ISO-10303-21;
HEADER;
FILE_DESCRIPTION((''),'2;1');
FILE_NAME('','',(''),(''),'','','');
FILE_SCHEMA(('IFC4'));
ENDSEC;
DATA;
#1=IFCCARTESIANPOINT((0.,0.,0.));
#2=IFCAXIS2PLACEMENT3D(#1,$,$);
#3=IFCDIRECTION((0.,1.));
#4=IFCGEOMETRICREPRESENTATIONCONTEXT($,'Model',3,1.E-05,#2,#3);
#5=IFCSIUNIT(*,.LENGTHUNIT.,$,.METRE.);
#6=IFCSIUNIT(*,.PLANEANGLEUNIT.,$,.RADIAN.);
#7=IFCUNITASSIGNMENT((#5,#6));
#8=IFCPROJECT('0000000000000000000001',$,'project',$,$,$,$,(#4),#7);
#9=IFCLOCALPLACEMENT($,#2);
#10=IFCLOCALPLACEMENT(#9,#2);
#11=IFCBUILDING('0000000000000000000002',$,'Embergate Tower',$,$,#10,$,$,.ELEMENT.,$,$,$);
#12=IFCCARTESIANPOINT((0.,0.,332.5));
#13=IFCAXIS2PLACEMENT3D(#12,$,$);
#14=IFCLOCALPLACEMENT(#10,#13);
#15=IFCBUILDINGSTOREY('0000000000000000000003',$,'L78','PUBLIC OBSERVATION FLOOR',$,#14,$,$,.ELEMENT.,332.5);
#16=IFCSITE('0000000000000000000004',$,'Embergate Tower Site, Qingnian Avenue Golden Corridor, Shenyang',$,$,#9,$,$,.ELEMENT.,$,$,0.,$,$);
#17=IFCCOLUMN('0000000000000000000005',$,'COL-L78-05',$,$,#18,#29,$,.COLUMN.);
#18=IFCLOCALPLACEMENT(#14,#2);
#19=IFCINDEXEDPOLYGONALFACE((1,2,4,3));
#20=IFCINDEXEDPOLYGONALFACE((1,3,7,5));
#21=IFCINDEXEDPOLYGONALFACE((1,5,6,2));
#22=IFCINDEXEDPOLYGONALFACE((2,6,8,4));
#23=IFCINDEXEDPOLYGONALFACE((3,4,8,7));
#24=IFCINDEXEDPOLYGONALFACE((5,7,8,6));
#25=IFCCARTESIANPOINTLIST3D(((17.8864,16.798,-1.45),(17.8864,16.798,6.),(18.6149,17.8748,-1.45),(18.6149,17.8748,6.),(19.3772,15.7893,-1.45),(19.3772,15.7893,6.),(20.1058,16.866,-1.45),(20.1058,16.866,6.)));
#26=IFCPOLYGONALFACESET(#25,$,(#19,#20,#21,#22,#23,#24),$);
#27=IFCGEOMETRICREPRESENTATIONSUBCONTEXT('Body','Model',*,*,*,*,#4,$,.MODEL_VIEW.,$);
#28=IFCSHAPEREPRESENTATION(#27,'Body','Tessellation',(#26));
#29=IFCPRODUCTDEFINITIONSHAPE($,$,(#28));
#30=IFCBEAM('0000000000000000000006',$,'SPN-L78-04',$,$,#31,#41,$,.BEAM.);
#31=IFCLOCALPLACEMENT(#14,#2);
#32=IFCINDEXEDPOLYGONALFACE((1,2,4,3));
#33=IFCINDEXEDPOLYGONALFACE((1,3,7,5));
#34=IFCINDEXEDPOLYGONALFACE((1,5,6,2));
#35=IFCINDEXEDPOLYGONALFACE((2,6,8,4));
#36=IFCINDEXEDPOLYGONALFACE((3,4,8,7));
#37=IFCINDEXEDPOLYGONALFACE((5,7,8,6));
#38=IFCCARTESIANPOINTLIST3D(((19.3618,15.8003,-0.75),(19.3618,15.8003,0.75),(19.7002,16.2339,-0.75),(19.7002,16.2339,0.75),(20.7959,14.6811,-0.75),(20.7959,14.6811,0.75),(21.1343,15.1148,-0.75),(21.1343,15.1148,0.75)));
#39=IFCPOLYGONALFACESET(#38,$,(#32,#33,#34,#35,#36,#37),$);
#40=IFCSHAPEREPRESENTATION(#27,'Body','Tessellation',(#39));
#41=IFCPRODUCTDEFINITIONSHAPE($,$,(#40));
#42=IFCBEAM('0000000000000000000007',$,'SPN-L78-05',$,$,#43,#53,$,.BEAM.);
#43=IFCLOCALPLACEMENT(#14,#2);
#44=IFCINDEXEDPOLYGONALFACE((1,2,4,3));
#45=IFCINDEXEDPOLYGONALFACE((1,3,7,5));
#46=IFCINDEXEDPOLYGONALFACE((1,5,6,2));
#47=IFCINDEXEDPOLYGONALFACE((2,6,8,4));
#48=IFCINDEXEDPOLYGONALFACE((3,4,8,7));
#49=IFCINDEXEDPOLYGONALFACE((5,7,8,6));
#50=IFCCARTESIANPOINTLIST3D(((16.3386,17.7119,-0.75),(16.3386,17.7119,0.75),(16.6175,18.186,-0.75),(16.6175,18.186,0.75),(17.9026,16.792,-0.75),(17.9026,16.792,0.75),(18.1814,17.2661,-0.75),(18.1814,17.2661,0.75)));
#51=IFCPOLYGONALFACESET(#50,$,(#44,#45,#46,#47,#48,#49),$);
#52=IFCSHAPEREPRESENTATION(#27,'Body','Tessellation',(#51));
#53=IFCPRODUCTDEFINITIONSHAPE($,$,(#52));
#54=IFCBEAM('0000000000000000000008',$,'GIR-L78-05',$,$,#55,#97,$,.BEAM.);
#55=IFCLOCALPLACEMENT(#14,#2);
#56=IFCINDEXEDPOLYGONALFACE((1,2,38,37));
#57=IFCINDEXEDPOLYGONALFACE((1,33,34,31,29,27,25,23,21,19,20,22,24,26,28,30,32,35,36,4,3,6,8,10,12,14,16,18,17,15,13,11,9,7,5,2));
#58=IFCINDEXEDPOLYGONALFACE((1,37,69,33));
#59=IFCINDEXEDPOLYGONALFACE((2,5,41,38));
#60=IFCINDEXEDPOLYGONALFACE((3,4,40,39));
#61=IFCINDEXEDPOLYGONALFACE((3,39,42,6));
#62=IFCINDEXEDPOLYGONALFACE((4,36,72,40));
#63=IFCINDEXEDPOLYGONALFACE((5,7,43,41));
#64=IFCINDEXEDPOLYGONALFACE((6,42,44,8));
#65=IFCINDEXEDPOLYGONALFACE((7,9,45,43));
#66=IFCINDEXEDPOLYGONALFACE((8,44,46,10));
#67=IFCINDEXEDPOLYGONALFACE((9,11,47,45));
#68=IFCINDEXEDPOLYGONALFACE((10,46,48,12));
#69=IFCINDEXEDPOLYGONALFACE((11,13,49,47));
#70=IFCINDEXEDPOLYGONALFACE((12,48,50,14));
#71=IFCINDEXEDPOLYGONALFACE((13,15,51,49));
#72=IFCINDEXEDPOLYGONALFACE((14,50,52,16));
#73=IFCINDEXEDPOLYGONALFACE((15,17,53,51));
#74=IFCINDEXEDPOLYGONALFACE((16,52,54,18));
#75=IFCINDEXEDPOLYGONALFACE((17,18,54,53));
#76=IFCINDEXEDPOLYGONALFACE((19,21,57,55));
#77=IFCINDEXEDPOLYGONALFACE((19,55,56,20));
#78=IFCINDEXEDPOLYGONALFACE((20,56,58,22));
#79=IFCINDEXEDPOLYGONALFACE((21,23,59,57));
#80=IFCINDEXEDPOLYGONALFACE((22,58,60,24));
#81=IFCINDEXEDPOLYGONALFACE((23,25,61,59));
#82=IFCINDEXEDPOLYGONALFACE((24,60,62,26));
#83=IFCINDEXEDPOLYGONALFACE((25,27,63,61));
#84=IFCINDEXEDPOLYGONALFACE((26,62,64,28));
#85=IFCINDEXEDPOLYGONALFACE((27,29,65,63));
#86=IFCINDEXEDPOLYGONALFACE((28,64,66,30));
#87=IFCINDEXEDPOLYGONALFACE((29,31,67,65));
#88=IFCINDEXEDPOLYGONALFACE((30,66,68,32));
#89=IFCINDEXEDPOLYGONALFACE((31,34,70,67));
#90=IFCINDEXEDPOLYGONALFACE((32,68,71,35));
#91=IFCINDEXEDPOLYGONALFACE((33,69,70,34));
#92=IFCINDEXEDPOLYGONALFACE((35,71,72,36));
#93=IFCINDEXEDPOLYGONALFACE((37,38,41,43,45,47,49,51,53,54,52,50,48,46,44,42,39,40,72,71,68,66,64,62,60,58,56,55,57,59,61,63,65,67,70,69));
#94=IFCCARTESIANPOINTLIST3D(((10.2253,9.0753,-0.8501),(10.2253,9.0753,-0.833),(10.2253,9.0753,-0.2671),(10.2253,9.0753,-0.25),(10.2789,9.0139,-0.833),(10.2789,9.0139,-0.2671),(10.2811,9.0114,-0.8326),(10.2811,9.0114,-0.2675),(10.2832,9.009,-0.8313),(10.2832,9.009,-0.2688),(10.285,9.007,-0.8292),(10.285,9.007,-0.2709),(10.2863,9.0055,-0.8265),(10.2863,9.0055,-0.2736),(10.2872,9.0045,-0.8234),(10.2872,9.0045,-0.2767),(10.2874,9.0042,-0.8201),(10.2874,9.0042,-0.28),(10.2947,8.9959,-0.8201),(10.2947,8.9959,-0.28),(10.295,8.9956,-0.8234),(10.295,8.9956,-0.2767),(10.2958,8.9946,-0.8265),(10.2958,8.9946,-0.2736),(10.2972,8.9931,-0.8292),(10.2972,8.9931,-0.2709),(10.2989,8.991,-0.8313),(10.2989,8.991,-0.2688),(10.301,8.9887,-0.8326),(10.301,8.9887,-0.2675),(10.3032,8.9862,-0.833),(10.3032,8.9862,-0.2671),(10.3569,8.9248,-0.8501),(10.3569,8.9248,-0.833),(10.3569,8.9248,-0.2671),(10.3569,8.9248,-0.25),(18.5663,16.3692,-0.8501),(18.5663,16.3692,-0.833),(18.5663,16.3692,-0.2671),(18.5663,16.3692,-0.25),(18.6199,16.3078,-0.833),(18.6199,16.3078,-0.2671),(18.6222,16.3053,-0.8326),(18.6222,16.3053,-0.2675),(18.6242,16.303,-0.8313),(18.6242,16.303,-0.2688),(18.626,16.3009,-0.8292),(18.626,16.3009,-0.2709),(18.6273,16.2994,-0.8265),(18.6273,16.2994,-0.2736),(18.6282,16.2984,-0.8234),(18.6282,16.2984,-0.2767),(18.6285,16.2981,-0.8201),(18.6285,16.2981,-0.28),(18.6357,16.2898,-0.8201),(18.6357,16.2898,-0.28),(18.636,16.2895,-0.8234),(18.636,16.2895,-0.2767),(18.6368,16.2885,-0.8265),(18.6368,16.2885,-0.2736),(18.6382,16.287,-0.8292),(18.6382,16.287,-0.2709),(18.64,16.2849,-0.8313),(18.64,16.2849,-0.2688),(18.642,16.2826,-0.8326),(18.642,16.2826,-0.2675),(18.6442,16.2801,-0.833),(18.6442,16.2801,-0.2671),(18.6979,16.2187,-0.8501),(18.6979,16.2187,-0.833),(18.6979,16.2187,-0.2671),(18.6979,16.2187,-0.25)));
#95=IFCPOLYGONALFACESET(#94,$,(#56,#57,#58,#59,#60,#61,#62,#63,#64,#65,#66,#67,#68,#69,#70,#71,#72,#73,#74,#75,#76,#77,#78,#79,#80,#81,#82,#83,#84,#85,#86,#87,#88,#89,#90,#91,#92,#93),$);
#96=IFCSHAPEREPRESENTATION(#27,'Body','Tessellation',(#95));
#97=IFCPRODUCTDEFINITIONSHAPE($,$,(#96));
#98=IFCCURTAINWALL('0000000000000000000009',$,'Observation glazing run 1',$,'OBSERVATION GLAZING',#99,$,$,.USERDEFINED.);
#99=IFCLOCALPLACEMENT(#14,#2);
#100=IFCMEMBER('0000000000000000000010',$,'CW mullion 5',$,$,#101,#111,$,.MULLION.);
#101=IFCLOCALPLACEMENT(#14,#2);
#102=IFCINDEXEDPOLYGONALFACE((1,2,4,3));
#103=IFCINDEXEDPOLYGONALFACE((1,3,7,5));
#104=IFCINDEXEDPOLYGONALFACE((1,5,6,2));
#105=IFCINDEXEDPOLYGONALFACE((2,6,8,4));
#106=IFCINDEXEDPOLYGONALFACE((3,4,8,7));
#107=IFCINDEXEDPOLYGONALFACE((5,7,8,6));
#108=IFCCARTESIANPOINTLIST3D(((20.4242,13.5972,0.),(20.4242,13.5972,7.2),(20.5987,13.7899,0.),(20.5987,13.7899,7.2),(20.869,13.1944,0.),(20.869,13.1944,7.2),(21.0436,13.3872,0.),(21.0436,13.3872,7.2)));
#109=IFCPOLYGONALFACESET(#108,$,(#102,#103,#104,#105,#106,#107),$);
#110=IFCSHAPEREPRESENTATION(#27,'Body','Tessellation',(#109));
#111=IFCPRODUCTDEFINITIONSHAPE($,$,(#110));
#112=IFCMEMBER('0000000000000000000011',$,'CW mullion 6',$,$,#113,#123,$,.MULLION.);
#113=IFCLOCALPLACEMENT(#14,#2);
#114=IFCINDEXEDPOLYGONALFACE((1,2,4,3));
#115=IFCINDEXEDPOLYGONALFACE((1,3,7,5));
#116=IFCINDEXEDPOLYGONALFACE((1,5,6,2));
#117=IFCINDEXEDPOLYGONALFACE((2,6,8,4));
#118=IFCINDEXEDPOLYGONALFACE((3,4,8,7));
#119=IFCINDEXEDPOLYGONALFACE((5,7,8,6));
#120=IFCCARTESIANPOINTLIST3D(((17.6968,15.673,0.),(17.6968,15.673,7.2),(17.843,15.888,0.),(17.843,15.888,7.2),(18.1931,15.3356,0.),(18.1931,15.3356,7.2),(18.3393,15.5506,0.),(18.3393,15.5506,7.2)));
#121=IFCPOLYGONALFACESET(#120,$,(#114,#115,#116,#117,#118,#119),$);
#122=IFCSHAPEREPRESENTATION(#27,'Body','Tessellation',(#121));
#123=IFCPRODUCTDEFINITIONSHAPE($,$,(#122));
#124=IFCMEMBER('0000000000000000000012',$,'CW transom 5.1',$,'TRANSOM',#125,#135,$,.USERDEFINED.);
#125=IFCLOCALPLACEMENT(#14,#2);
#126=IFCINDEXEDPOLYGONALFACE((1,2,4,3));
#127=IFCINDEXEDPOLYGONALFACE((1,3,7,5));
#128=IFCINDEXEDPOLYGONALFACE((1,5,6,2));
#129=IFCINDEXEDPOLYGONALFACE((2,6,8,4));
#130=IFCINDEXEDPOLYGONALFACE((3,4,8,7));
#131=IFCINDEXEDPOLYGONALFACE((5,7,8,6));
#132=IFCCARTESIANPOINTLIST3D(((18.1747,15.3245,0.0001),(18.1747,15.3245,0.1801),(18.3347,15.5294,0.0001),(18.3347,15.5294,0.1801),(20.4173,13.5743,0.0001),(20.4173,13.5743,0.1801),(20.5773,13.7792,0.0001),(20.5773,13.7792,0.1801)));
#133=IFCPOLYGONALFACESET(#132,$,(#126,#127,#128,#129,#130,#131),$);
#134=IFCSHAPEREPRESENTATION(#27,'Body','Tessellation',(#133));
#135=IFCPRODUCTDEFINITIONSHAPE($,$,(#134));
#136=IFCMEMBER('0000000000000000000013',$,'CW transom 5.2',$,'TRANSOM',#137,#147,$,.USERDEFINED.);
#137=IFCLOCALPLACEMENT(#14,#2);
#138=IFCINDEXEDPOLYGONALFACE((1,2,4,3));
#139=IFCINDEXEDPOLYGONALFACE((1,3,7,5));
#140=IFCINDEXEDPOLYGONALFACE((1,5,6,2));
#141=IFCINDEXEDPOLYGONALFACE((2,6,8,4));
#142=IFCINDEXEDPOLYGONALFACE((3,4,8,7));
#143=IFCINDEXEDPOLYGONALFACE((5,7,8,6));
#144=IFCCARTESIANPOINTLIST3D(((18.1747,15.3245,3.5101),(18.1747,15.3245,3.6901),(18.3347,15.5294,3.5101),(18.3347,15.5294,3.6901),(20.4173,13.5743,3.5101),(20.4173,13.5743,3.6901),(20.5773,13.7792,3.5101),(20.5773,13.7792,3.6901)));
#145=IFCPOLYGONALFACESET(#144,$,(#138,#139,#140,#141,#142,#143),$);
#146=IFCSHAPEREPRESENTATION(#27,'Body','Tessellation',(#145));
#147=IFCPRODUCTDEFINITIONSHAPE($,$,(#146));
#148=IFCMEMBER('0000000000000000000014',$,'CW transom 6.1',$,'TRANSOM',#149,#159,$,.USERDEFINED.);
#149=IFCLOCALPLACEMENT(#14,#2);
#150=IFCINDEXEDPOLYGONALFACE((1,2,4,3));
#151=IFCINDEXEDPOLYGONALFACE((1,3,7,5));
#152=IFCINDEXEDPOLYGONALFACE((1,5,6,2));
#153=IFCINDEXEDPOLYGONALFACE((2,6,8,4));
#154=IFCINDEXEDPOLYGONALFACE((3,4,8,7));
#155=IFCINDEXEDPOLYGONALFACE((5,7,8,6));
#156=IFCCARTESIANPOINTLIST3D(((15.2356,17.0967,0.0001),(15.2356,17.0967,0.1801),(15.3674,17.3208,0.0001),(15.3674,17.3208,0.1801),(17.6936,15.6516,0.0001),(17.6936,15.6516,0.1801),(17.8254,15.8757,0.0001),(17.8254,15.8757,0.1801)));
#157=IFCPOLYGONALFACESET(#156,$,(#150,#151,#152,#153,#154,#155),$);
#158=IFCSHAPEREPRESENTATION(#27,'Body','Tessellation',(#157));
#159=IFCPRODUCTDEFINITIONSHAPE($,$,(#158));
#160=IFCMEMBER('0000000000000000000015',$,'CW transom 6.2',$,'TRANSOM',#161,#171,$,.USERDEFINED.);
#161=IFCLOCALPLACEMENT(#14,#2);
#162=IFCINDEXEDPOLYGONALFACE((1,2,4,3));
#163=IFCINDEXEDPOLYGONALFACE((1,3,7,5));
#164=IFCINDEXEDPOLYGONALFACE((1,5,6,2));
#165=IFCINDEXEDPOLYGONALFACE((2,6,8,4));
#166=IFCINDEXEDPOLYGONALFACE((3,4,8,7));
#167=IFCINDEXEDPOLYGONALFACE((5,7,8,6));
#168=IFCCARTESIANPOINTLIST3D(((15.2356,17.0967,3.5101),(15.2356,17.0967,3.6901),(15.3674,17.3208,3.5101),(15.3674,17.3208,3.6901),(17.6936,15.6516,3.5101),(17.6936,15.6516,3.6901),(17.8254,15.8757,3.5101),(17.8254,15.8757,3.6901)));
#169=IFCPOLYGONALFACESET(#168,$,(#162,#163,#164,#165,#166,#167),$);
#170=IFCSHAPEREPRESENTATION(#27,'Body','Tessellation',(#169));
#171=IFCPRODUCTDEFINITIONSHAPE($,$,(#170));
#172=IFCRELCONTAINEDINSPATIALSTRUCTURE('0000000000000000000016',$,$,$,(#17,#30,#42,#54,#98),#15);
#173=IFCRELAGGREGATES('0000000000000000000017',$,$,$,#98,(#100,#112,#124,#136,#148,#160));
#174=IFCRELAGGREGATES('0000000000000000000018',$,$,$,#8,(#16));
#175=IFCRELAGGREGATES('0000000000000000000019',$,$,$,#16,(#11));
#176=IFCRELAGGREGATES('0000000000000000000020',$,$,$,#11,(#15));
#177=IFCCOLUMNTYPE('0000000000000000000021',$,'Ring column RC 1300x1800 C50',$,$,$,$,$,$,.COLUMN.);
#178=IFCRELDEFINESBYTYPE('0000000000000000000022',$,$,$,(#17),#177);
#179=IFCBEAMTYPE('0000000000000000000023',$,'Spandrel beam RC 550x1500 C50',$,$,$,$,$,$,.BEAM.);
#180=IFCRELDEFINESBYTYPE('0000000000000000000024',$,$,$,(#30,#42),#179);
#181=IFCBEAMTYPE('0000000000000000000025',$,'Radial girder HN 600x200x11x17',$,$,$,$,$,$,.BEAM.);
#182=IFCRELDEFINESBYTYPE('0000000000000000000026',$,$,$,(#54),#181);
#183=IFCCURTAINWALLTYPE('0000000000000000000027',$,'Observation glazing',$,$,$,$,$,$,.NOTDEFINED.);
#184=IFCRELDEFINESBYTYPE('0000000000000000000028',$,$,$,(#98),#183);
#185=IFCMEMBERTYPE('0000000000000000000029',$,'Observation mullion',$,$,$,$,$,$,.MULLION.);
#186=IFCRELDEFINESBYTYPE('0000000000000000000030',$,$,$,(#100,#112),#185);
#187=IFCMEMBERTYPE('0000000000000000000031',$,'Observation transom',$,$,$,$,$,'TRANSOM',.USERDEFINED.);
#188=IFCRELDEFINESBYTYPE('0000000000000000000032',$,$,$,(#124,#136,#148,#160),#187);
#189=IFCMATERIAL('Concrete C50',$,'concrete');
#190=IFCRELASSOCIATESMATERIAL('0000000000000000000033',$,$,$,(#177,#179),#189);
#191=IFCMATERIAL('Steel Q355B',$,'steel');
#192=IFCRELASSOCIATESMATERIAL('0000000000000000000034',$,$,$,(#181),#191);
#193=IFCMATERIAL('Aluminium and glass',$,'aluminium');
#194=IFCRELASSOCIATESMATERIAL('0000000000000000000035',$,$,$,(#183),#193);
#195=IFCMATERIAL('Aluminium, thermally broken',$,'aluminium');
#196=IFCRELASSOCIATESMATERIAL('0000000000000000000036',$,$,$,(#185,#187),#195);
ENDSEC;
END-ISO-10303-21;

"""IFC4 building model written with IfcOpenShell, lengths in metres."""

from ifc_helpers import new_model, si_unit, direction, frame, origin, origin_2d, place, context, subcontext, project, spatial, rectangle, i_section, extrude, source, transform, mapped, material, material_profile, profile_set, type_object, element, aggregate, save


model = new_model("IFC4")

# Units and contexts
model_context = context("Model", 3, precision=1e-05, world=origin(), true_north=direction((0.0, 1.0)))
body_context = subcontext(model_context, "Body", "Model", "MODEL_VIEW")
ifc_project = project(units=[si_unit("LENGTHUNIT", "METRE"), si_unit("PLANEANGLEUNIT", "RADIAN")], contexts=[model_context])

# Site, building, storey
site_placement = place(None, origin())
site = spatial("IfcSite", under=ifc_project, at=site_placement, Name="Embergate Tower Site, Qingnian Avenue Golden Corridor, Shenyang", CompositionType="ELEMENT", RefElevation=0.0)
building_placement = place(site_placement, origin())
building = spatial("IfcBuilding", under=site, at=building_placement, Name="Embergate Tower", CompositionType="ELEMENT")
storey_placement = place(building_placement, frame((0.0, 0.0, 332.5)))
storey = spatial("IfcBuildingStorey", under=building, at=storey_placement, Name="L78", Description="PUBLIC OBSERVATION FLOOR", CompositionType="ELEMENT", Elevation=332.5)

# Column
ifc_material_1 = material(Name="Concrete C50", Category="concrete")
ifc_material_profile_1 = material_profile(ifc_material_1, rectangle(XDim=1.3, YDim=1.8, at=origin_2d()), Name="RC 1300x1800")
ifc_profile_set_1 = profile_set([ifc_material_profile_1], Name="Concrete C50")
column_type = type_object("IfcColumnType", Name="Ring column RC 1300x1800 C50", PredefinedType="COLUMN", material=ifc_profile_set_1)
shared_shape_1 = source(origin(), body_context, "Body", "SweptSolid", [
    extrude(rectangle(XDim=1.3, YDim=1.8, at=origin_2d()), origin(), (0.0, 0.0, 1.0), 7.45),
])
column_placement = place(storey_placement, frame((18.9961, 16.832, -1.45), z_axis=(0.0, 0.0, 1.0), x_axis=(0.560393, 0.828227, 0.0)))
element("IfcColumn", 1, at=column_placement, inside=storey, type_object=column_type, Name="COL-L78-05", PredefinedType="COLUMN", context=body_context, shape_type="MappedRepresentation", body=[
    mapped(shared_shape_1, transform((0.0, 0.0, 0.0))),
])

# Beams
ifc_material_profile_2 = material_profile(ifc_material_1, rectangle(XDim=0.55, YDim=1.5, at=origin_2d()), Name="RC 550x1500")
ifc_profile_set_2 = profile_set([ifc_material_profile_2], Name="Concrete C50")
beam_type_1 = type_object("IfcBeamType", Name="Spandrel beam RC 550x1500 C50", PredefinedType="BEAM", material=ifc_profile_set_2)
shared_shape_2 = source(origin(), body_context, "Body", "SweptSolid", [
    extrude(rectangle(XDim=0.55, YDim=1.5, at=origin_2d()), origin(), (0.0, 0.0, 1.0), 1.8191),
])
beam_1_placement = place(storey_placement, frame((20.9651, 14.8979, 0.0), z_axis=(-0.788354, 0.615222, 0.0), x_axis=(-0.615222, -0.788354, 0.0)))
element("IfcBeam", 2, at=beam_1_placement, inside=storey, type_object=beam_type_1, Name="SPN-L78-04", PredefinedType="BEAM", context=body_context, shape_type="MappedRepresentation", body=[
    mapped(shared_shape_2, transform((0.0, 0.0, 0.0))),
])
shared_shape_3 = source(origin(), body_context, "Body", "SweptSolid", [
    extrude(rectangle(XDim=0.55, YDim=1.5, at=origin_2d()), origin(), (0.0, 0.0, 1.0), 1.8145),
])
beam_2_placement = place(storey_placement, frame((18.042, 17.0291, 0.0), z_axis=(-0.861948, 0.506997, 0.0), x_axis=(-0.506997, -0.861948, 0.0)))
element("IfcBeam", 3, at=beam_2_placement, inside=storey, type_object=beam_type_1, Name="SPN-L78-05", PredefinedType="BEAM", context=body_context, shape_type="MappedRepresentation", body=[
    mapped(shared_shape_3, transform((0.0, 0.0, 0.0))),
])
ifc_material_2 = material(Name="Steel Q355B", Category="steel")
ifc_material_profile_3 = material_profile(ifc_material_2, i_section(OverallWidth=0.2, OverallDepth=0.6001, WebThickness=0.011, FlangeThickness=0.0171, FilletRadius=0.0129, at=origin_2d()), Name="HN 600x200x11x17")
ifc_profile_set_3 = profile_set([ifc_material_profile_3], Name="Steel Q355 grade B")
beam_type_2 = type_object("IfcBeamType", Name="Radial girder HN 600x200x11x17", PredefinedType="BEAM", material=ifc_profile_set_3)
shared_shape_4 = source(origin(), body_context, "Body", "SweptSolid", [
    extrude(i_section(OverallWidth=0.2, OverallDepth=0.6001, WebThickness=0.011, FlangeThickness=0.0171, FilletRadius=0.0129, at=origin_2d()), origin(), (0.0, 0.0, 1.0), 11.0803),
])
beam_3_placement = place(storey_placement, frame((18.6321, 16.2939, -0.55), z_axis=(-0.752777, -0.658275, 0.0), x_axis=(0.658275, -0.752777, 0.0)))
element("IfcBeam", 4, at=beam_3_placement, inside=storey, type_object=beam_type_2, Name="GIR-L78-05", PredefinedType="BEAM", context=body_context, shape_type="MappedRepresentation", body=[
    mapped(shared_shape_4, transform((0.0, 0.0, 0.0))),
])

# Curtain wall, members
ifc_material_3 = material(Name="Aluminium and glass", Category="aluminium")
curtain_wall_type = type_object("IfcCurtainWallType", Name="Observation glazing", PredefinedType="NOTDEFINED", material=ifc_material_3)
curtain_wall_placement = place(storey_placement, origin())
curtain_wall = element("IfcCurtainWall", 5, at=curtain_wall_placement, inside=storey, type_object=curtain_wall_type, Name="Observation glazing run 1", ObjectType="OBSERVATION GLAZING", PredefinedType="USERDEFINED")
ifc_material_4 = material(Name="Aluminium, thermally broken", Category="aluminium")
ifc_material_profile_4 = material_profile(ifc_material_4, rectangle(XDim=0.26, YDim=0.6001, at=origin_2d()), Name="AL 600x260")
ifc_profile_set_4 = profile_set([ifc_material_profile_4], Name="Aluminium, thermally broken")
member_type_1 = type_object("IfcMemberType", Name="Observation mullion", PredefinedType="MULLION", material=ifc_profile_set_4)
shared_shape_5 = source(origin(), body_context, "Body", "SweptSolid", [
    extrude(rectangle(XDim=0.26, YDim=0.6001, at=origin_2d()), origin(), (0.0, 0.0, 1.0), 7.2),
])
member_1_placement = place(storey_placement, frame((20.7339, 13.4922, 0.0), z_axis=(0.0, 0.0, 1.0), x_axis=(-0.671201, -0.741276, 0.0)))
member_1 = element("IfcMember", 6, at=member_1_placement, type_object=member_type_1, Name="CW mullion 5", PredefinedType="MULLION", context=body_context, shape_type="MappedRepresentation", body=[
    mapped(shared_shape_5, transform((0.0, 0.0, 0.0))),
])
member_2_placement = place(storey_placement, frame((18.0181, 15.6118, 0.0), z_axis=(0.0, 0.0, 1.0), x_axis=(-0.562195, -0.827005, 0.0)))
member_2 = element("IfcMember", 7, at=member_2_placement, type_object=member_type_1, Name="CW mullion 6", PredefinedType="MULLION", context=body_context, shape_type="MappedRepresentation", body=[
    mapped(shared_shape_5, transform((0.0, 0.0, 0.0))),
])
ifc_material_profile_5 = material_profile(ifc_material_4, rectangle(XDim=0.26, YDim=0.1799, at=origin_2d()), Name="AL 180x260")
ifc_profile_set_5 = profile_set([ifc_material_profile_5], Name="Aluminium, thermally broken")
member_type_2 = type_object("IfcMemberType", Name="Observation transom", ElementType="TRANSOM", PredefinedType="USERDEFINED", material=ifc_profile_set_5)
shared_shape_6 = source(origin(), body_context, "Body", "SweptSolid", [
    extrude(rectangle(XDim=0.26, YDim=0.1799, at=origin_2d()), origin(), (0.0, 0.0, 1.0), 2.8447),
])
member_3_placement = place(storey_placement, frame((20.4973, 13.6768, 0.0901), z_axis=(-0.788339, 0.615241, 0.0), x_axis=(-0.615241, -0.788339, 0.0)))
member_3 = element("IfcMember", 8, at=member_3_placement, type_object=member_type_2, Name="CW transom 5.1", ObjectType="TRANSOM", PredefinedType="USERDEFINED", context=body_context, shape_type="MappedRepresentation", body=[
    mapped(shared_shape_6, transform((0.0, 0.0, 0.0))),
])
member_4_placement = place(storey_placement, frame((20.4973, 13.6768, 3.6001), z_axis=(-0.788339, 0.615241, 0.0), x_axis=(-0.615241, -0.788339, 0.0)))
member_4 = element("IfcMember", 9, at=member_4_placement, type_object=member_type_2, Name="CW transom 5.2", ObjectType="TRANSOM", PredefinedType="USERDEFINED", context=body_context, shape_type="MappedRepresentation", body=[
    mapped(shared_shape_6, transform((0.0, 0.0, 0.0))),
])
shared_shape_7 = source(origin(), body_context, "Body", "SweptSolid", [
    extrude(rectangle(XDim=0.26, YDim=0.1799, at=origin_2d()), origin(), (0.0, 0.0, 1.0), 2.8513),
])
member_5_placement = place(storey_placement, frame((17.7595, 15.7637, 0.0901), z_axis=(-0.86206, 0.506807, 0.0), x_axis=(-0.506807, -0.86206, 0.0)))
member_5 = element("IfcMember", 10, at=member_5_placement, type_object=member_type_2, Name="CW transom 6.1", ObjectType="TRANSOM", PredefinedType="USERDEFINED", context=body_context, shape_type="MappedRepresentation", body=[
    mapped(shared_shape_7, transform((0.0, 0.0, 0.0))),
])
member_6_placement = place(storey_placement, frame((17.7595, 15.7637, 3.6001), z_axis=(-0.86206, 0.506807, 0.0), x_axis=(-0.506807, -0.86206, 0.0)))
member_6 = element("IfcMember", 11, at=member_6_placement, type_object=member_type_2, Name="CW transom 6.2", ObjectType="TRANSOM", PredefinedType="USERDEFINED", context=body_context, shape_type="MappedRepresentation", body=[
    mapped(shared_shape_7, transform((0.0, 0.0, 0.0))),
])
aggregate(curtain_wall, [member_1, member_2, member_3, member_4, member_5, member_6])

save(model, "model.ifc")
